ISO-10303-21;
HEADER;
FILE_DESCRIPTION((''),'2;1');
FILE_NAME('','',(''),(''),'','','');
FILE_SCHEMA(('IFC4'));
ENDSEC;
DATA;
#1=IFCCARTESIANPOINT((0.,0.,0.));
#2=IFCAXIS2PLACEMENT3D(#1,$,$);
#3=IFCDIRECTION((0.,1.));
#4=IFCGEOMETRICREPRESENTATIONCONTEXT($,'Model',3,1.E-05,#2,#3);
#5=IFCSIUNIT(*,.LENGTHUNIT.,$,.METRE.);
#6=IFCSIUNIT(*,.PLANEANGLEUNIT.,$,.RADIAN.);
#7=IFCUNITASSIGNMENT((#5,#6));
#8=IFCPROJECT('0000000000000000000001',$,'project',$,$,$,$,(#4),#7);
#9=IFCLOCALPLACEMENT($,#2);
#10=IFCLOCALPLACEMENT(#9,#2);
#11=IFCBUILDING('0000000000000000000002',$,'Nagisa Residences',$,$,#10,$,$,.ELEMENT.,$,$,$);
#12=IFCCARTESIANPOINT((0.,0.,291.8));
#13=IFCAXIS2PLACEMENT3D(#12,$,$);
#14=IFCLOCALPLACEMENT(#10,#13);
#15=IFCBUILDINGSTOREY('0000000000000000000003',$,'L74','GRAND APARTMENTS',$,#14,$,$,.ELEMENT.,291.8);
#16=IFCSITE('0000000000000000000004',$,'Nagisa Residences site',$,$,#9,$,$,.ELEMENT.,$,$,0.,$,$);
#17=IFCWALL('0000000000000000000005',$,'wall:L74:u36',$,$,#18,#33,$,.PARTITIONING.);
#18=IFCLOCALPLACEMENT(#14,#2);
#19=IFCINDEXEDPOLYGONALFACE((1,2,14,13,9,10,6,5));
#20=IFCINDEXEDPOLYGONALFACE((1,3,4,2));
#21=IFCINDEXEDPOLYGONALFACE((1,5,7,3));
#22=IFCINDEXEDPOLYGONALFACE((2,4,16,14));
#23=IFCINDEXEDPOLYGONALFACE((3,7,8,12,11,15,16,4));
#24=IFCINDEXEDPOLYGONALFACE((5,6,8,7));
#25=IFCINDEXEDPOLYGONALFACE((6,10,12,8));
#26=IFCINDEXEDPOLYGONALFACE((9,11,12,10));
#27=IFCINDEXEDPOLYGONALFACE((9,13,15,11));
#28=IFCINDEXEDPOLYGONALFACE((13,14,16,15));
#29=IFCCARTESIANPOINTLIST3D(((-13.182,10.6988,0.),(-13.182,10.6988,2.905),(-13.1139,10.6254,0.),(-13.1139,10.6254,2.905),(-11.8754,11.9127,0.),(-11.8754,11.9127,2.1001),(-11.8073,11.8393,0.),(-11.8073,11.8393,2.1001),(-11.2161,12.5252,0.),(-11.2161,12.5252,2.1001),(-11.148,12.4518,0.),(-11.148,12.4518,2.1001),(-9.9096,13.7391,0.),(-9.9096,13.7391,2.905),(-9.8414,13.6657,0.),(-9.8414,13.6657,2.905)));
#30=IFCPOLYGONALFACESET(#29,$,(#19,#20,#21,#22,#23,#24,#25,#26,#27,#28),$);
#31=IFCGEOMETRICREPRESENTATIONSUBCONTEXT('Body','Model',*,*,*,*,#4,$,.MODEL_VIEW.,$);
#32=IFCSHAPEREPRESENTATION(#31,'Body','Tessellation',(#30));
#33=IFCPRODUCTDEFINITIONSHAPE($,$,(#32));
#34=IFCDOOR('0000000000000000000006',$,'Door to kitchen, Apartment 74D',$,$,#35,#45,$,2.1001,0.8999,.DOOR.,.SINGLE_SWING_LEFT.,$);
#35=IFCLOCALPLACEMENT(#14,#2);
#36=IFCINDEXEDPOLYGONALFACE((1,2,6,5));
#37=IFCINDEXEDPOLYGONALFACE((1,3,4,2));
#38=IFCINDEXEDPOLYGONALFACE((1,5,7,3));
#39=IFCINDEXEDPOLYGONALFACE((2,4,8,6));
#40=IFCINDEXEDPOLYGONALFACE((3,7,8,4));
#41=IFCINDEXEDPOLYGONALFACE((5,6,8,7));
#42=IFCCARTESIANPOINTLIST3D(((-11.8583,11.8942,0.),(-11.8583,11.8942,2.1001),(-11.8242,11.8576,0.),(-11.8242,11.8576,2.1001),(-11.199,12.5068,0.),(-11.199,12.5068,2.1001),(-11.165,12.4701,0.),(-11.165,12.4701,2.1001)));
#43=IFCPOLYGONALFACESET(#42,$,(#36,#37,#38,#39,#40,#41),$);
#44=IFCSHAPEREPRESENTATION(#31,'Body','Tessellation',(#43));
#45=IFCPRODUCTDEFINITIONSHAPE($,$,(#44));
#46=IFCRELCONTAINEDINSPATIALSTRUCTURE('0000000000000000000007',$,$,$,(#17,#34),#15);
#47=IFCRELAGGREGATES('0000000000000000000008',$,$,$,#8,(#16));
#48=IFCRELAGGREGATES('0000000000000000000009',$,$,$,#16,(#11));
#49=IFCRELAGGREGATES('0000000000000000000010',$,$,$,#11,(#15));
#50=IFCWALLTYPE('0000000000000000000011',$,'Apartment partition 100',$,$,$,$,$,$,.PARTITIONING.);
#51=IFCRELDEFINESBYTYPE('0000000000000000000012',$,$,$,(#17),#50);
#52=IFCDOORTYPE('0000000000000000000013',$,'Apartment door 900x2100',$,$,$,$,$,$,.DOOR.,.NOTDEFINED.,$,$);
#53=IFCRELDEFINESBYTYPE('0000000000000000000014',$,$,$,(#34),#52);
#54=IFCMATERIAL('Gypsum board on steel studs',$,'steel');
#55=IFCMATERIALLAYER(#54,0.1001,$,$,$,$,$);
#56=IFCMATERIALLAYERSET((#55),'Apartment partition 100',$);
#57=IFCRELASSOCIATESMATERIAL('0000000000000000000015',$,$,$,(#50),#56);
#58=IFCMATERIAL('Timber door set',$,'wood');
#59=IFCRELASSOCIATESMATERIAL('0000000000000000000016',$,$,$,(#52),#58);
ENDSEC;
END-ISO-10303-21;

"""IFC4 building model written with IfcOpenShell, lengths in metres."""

from ifc_helpers import new_model, si_unit, direction, frame, frame_2d, origin, place, context, subcontext, project, spatial, rectangle, extrude, material, layer, layer_set, type_object, element, fill, save


model = new_model("IFC4")

# Units and contexts
model_context = context("Model", 3, precision=1e-05, world=origin(), true_north=direction((0.0, 1.0)))
body_context = subcontext(model_context, "Body", "Model", "MODEL_VIEW")
ifc_project = project(units=[si_unit("LENGTHUNIT", "METRE"), si_unit("PLANEANGLEUNIT", "RADIAN")], contexts=[model_context])

# Site, building, storey
site_placement = place(None, origin())
site = spatial("IfcSite", under=ifc_project, at=site_placement, Name="Nagisa Residences site", CompositionType="ELEMENT", RefElevation=0.0)
building_placement = place(site_placement, origin())
building = spatial("IfcBuilding", under=site, at=building_placement, Name="Nagisa Residences", CompositionType="ELEMENT")
storey_placement = place(building_placement, frame((0.0, 0.0, 291.8)))
storey = spatial("IfcBuildingStorey", under=building, at=storey_placement, Name="L74", Description="GRAND APARTMENTS", CompositionType="ELEMENT", Elevation=291.8)

# Shared definitions
ifc_material_1 = material(Name="Gypsum board on steel studs", Category="steel")
ifc_layer_1 = layer(ifc_material_1, 0.1001)
ifc_layer_set_1 = layer_set([ifc_layer_1], Name="Apartment partition 100")
wall_type_1 = type_object("IfcWallType", Name="Apartment partition 100", PredefinedType="PARTITIONING", material=ifc_layer_set_1)
ifc_material_2 = material(Name="Timber door set", Category="wood")
door_type_1 = type_object("IfcDoorType", Name="Apartment door 900x2100", OperationType="NOTDEFINED", PredefinedType="DOOR", material=ifc_material_2)

# Wall, opening, door
wall_1_placement = place(storey_placement, frame((-9.8755, 13.7024, 0.0), z_axis=(0.0, 0.0, 1.0), x_axis=(-0.732618, -0.68064, 0.0)))
wall_1 = element("IfcWall", 1, at=wall_1_placement, inside=storey, type_object=wall_type_1, Name="wall:L74:u36", PredefinedType="PARTITIONING", context=body_context, shape_type="SweptSolid", body=[
    extrude(rectangle(XDim=4.4668, YDim=0.1001, at=frame_2d((2.2334, 0.0))), origin(), (0.0, 0.0, 1.0), 2.905),
])
opening_1_placement = place(wall_1_placement, frame((1.7834, 0.0, 0.0)))
opening_1 = element("IfcOpeningElement", 2, at=opening_1_placement, cuts=wall_1, PredefinedType="OPENING", context=body_context, shape_type="SweptSolid", body=[
    extrude(rectangle(XDim=0.8999, YDim=2.1001, at=frame_2d((0.45, 1.05))), frame((0.0, 0.0601, 0.0), z_axis=(0.0, -1.0, 0.0), x_axis=(1.0, 0.0, 0.0)), (0.0, 0.0, 1.0), 0.1201),
])
door_1_placement = place(opening_1_placement, frame((0.8999, 0.0, 0.0), x_axis=(-1.0, 0.0, 0.0)))
door_1 = element("IfcDoor", 3, at=door_1_placement, inside=storey, type_object=door_type_1, Name="Door to kitchen, Apartment 74D", OperationType="SINGLE_SWING_LEFT", OverallHeight=2.1001, OverallWidth=0.8999, PredefinedType="DOOR", context=body_context, shape_type="SweptSolid", body=[
    extrude(rectangle(XDim=0.8999, YDim=2.1001, at=frame_2d((0.45, 1.05))), frame((0.0, 0.0249, 0.0), z_axis=(0.0, -1.0, 0.0), x_axis=(1.0, 0.0, 0.0)), (0.0, 0.0, 1.0), 0.05),
])
fill(opening_1, door_1)

save(model, "model.ifc")
